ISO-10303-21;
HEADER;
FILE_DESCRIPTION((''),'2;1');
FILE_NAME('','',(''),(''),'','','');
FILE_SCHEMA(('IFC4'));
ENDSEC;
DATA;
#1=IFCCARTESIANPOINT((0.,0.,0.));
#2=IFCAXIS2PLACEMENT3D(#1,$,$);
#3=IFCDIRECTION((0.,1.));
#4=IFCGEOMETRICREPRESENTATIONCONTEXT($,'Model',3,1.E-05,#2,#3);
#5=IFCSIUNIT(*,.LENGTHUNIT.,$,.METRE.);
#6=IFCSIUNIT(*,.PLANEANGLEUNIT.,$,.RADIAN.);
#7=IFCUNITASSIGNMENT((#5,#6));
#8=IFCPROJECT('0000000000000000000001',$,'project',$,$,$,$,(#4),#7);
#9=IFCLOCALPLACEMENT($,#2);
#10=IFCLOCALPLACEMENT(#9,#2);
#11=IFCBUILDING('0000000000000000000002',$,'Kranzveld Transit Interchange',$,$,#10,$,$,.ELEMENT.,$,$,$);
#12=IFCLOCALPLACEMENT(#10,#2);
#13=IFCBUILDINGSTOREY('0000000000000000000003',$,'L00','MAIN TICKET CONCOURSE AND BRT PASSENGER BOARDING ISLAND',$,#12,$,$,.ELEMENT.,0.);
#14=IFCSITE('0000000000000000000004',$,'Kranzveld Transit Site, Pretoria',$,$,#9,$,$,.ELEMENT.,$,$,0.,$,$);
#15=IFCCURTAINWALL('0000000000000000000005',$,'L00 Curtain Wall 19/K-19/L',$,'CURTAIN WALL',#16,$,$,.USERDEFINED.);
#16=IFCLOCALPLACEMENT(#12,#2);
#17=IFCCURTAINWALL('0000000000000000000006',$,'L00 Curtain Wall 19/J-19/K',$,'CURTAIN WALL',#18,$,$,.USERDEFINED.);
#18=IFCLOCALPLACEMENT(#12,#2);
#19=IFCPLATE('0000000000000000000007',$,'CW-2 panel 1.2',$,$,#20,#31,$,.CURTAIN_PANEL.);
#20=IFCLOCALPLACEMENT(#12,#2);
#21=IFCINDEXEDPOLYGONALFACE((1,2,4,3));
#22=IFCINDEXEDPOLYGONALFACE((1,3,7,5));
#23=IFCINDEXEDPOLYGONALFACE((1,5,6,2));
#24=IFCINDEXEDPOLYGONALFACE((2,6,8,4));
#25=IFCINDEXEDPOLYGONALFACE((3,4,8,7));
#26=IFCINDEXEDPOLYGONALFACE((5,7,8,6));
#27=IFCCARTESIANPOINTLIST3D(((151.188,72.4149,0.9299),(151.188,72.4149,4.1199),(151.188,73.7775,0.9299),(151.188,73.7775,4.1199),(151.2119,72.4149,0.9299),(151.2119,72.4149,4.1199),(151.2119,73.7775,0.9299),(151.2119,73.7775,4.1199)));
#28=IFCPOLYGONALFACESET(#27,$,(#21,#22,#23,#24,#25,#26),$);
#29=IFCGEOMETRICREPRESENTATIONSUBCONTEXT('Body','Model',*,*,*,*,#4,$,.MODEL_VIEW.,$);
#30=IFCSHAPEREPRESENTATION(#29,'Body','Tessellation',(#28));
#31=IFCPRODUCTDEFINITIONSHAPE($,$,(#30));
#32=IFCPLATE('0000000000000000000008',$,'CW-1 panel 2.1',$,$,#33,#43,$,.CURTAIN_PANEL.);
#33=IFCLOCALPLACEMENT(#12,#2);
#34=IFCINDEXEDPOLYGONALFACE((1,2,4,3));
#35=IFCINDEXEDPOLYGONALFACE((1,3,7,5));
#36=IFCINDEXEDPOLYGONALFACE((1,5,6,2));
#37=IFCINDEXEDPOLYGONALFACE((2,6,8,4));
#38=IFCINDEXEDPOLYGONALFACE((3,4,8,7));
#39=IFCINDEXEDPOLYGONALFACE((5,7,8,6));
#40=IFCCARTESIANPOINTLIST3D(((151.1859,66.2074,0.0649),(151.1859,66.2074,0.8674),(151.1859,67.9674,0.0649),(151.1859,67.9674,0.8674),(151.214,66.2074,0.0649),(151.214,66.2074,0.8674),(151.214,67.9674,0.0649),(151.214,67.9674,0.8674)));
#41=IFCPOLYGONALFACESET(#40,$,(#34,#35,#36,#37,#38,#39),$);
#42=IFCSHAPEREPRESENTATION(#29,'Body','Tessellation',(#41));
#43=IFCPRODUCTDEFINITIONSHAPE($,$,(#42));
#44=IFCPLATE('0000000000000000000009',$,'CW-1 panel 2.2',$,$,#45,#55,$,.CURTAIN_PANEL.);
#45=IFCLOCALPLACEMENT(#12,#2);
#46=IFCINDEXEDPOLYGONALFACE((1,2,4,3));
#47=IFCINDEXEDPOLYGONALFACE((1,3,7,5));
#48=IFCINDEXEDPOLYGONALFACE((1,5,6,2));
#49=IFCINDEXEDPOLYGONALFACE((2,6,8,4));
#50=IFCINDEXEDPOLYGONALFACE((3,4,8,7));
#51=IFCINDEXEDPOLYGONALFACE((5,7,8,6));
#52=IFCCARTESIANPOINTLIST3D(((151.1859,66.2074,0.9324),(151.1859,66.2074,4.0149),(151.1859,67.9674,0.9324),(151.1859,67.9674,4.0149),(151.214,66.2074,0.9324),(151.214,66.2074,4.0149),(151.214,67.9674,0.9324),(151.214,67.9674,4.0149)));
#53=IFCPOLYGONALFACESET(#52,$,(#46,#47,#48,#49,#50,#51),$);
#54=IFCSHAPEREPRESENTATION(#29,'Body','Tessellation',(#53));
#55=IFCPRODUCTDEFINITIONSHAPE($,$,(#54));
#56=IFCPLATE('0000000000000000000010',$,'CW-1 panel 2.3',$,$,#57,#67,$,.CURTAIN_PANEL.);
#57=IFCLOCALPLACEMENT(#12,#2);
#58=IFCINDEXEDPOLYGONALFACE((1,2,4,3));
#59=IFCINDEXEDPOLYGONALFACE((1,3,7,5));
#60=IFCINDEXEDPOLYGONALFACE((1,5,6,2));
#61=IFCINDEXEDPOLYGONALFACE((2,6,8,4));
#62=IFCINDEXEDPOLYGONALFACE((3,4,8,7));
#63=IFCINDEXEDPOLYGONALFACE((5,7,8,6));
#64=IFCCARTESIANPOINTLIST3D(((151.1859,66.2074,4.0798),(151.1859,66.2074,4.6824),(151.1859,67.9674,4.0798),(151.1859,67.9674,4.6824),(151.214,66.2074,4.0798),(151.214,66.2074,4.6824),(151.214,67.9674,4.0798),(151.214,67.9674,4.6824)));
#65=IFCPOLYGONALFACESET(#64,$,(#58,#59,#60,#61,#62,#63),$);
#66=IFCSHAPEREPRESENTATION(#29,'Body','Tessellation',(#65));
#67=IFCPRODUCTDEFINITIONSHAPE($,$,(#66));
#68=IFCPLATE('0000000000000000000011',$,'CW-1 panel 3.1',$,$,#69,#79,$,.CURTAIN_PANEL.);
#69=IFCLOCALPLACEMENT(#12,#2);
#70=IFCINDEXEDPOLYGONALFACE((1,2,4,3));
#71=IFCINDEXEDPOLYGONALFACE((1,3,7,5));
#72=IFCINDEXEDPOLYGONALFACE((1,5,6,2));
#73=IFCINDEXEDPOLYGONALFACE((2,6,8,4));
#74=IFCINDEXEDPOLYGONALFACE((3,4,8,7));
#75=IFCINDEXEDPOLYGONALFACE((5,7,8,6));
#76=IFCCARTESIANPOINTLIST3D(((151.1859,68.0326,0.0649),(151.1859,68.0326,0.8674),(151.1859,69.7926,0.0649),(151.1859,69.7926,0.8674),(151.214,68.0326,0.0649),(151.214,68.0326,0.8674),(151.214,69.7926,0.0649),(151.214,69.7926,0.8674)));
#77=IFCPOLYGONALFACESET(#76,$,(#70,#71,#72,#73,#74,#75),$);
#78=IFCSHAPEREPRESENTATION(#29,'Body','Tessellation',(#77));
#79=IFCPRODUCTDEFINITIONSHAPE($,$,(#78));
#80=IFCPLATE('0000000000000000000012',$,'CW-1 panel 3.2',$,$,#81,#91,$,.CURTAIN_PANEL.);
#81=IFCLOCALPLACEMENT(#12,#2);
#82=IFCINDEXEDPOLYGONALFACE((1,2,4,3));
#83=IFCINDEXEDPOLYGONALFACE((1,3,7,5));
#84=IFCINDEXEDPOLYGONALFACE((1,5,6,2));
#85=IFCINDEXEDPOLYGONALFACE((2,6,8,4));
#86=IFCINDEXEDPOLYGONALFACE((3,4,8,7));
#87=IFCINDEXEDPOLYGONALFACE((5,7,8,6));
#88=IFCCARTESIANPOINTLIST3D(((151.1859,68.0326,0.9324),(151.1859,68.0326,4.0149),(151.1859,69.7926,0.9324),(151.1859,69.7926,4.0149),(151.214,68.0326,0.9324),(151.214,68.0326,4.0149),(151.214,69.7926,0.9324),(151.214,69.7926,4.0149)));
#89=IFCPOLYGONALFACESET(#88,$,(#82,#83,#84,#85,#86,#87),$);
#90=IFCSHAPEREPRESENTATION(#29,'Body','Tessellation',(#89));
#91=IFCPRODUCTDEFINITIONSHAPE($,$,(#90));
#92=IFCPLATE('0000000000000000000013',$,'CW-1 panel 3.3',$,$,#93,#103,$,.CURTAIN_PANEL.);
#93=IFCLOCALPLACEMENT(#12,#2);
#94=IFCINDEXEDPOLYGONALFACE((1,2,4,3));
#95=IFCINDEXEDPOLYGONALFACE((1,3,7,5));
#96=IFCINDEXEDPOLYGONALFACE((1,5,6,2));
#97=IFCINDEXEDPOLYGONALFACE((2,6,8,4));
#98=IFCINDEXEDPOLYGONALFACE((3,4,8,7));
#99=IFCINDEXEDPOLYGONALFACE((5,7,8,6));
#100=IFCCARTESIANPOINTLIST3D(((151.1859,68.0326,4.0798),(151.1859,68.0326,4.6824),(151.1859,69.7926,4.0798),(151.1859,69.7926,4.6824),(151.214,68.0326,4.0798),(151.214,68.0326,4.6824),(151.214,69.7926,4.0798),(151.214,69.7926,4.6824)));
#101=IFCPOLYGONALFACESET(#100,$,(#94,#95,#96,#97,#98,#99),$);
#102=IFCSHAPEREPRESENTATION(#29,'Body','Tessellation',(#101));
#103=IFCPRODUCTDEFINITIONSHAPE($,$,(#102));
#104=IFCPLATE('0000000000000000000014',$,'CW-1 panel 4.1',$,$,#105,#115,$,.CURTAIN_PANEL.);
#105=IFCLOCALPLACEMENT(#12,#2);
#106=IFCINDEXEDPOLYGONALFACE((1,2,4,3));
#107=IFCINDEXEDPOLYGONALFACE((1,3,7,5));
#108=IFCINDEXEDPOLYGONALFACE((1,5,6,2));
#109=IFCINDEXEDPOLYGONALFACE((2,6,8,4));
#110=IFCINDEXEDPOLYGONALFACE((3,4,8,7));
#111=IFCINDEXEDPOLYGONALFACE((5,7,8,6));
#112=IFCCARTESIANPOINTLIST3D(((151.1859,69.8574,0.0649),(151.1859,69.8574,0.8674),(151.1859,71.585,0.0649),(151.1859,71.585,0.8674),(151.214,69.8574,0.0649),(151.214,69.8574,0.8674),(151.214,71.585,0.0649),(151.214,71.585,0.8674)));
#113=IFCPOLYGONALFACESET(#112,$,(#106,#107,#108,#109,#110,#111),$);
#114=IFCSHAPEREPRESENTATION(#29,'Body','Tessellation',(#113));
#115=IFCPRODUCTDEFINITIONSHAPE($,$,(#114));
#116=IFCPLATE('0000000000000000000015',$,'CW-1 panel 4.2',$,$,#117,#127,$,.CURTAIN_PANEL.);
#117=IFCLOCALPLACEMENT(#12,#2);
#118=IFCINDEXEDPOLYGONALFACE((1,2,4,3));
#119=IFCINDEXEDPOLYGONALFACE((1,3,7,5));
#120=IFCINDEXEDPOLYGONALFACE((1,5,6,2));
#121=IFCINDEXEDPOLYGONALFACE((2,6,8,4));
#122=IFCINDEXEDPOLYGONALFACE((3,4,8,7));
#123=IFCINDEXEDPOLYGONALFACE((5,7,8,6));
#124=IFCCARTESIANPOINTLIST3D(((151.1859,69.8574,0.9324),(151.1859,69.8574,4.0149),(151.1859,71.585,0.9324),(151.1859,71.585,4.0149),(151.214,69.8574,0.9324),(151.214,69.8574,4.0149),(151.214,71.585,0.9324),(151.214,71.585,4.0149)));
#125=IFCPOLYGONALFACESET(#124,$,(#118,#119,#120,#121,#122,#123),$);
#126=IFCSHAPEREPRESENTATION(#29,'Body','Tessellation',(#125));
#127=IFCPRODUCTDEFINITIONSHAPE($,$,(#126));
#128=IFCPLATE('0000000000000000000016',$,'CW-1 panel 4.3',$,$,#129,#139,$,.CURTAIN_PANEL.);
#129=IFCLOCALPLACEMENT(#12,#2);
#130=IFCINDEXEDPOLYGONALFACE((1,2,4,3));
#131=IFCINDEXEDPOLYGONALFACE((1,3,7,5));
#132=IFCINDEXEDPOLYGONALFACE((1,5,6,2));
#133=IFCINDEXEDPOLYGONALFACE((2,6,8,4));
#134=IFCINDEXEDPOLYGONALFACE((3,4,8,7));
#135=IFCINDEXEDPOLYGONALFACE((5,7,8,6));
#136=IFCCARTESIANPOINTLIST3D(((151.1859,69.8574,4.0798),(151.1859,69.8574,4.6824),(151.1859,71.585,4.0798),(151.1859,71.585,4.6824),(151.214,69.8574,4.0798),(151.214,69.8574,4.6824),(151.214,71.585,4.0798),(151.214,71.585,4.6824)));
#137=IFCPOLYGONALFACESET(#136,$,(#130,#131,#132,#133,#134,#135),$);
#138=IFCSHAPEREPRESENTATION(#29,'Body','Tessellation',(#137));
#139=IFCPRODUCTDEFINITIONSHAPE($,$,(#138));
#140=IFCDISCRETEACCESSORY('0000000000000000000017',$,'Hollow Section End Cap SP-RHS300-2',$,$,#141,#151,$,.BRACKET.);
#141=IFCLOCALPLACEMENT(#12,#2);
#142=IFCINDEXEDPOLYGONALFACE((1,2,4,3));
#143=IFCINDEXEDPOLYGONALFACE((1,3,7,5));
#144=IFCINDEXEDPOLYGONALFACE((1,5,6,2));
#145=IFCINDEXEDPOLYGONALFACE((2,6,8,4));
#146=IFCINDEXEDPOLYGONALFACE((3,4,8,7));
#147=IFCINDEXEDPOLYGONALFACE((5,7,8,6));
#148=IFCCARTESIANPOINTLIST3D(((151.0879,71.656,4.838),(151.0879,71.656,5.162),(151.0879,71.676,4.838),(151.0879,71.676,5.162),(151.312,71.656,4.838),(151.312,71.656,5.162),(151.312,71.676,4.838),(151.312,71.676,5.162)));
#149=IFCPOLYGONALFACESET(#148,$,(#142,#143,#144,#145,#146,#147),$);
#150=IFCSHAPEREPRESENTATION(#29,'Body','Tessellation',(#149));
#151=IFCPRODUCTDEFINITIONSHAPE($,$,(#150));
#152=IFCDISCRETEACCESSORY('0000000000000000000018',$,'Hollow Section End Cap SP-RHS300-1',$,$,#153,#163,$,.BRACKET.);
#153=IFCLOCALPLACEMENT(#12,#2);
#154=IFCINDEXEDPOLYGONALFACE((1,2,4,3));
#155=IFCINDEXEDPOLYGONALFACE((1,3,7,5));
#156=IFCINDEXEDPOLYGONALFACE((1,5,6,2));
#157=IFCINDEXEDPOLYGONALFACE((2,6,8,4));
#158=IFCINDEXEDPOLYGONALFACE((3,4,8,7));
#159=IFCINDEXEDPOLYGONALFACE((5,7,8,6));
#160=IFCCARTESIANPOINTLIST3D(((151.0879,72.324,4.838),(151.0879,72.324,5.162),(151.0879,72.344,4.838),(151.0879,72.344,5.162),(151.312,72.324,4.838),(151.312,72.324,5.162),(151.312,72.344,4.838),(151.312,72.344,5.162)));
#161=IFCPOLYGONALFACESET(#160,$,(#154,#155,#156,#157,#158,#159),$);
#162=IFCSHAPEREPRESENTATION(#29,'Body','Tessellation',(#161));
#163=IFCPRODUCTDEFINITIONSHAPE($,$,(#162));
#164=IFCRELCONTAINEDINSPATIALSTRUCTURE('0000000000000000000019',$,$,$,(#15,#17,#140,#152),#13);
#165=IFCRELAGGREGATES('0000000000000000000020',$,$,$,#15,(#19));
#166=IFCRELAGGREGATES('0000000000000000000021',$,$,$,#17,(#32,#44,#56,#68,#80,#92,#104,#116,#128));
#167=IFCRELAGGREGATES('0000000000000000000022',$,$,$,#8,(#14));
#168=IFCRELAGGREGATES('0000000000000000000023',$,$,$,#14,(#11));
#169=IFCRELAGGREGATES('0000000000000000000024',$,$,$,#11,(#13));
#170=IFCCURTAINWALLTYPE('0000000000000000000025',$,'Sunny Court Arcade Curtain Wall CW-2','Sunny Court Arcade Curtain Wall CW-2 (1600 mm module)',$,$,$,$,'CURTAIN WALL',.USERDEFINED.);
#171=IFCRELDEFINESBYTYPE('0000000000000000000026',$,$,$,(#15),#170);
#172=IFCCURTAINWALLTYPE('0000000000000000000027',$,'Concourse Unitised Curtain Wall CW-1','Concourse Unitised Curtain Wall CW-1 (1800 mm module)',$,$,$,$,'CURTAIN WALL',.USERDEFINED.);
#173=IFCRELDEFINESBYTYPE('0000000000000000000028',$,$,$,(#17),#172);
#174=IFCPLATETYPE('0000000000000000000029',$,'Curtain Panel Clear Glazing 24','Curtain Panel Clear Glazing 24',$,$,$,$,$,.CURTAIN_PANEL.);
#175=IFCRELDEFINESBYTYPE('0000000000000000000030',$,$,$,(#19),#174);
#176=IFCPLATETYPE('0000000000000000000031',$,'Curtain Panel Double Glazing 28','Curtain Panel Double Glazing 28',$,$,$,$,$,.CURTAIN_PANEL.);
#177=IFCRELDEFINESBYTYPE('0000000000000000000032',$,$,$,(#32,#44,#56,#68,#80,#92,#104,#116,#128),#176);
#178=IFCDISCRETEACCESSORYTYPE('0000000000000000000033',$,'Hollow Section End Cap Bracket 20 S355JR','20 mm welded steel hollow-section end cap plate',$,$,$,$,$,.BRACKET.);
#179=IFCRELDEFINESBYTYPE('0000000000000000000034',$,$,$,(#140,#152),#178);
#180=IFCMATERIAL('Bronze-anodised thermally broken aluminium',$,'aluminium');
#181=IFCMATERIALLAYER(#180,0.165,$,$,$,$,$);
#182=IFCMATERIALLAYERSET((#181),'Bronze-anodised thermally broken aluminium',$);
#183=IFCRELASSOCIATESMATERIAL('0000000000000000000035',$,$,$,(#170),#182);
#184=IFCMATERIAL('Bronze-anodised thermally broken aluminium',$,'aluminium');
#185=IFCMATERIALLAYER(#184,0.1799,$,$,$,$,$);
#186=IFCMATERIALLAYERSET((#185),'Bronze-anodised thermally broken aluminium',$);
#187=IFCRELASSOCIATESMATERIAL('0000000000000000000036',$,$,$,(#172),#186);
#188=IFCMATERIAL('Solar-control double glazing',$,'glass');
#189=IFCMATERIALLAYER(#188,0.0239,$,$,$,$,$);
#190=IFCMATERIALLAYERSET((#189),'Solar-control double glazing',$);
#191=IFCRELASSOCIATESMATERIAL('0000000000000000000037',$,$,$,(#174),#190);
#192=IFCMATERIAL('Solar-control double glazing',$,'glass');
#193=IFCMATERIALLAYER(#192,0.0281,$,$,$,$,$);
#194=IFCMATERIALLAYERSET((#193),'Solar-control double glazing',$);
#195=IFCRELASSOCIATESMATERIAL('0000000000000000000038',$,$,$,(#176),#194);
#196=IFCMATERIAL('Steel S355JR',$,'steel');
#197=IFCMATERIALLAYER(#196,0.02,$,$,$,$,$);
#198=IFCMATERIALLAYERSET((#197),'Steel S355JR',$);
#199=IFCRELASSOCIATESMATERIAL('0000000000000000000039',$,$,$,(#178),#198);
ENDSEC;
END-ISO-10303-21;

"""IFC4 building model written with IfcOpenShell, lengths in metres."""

from ifc_helpers import new_model, si_unit, direction, frame, origin, origin_2d, place, context, subcontext, project, spatial, rectangle, extrude, material, layer, layer_set, type_object, element, aggregate, save


model = new_model("IFC4")

# Units and contexts
model_context = context("Model", 3, precision=1e-05, world=origin(), true_north=direction((0.0, 1.0)))
body_context = subcontext(model_context, "Body", "Model", "MODEL_VIEW")
ifc_project = project(units=[si_unit("LENGTHUNIT", "METRE"), si_unit("PLANEANGLEUNIT", "RADIAN")], contexts=[model_context])

# Site, building, storey
site_placement = place(None, origin())
site = spatial("IfcSite", under=ifc_project, at=site_placement, Name="Kranzveld Transit Site, Pretoria", CompositionType="ELEMENT", RefElevation=0.0)
building_placement = place(site_placement, origin())
building = spatial("IfcBuilding", under=site, at=building_placement, Name="Kranzveld Transit Interchange", CompositionType="ELEMENT")
storey_placement = place(building_placement, origin())
storey = spatial("IfcBuildingStorey", under=building, at=storey_placement, Name="L00", Description="MAIN TICKET CONCOURSE AND BRT PASSENGER BOARDING ISLAND", CompositionType="ELEMENT", Elevation=0.0)

# Curtain wall
ifc_material_1 = material(Name="Bronze-anodised thermally broken aluminium", Category="aluminium")
ifc_layer_1 = layer(ifc_material_1, 0.165)
ifc_layer_set_1 = layer_set([ifc_layer_1], Name="Bronze-anodised thermally broken aluminium")
curtain_wall_type_1 = type_object("IfcCurtainWallType", Name="Sunny Court Arcade Curtain Wall CW-2", Description="Sunny Court Arcade Curtain Wall CW-2 (1600 mm module)", ElementType="CURTAIN WALL", PredefinedType="USERDEFINED", material=ifc_layer_set_1)
curtain_wall_1_placement = place(storey_placement, origin())
curtain_wall_1 = element("IfcCurtainWall", 1, at=curtain_wall_1_placement, inside=storey, type_object=curtain_wall_type_1, Name="L00 Curtain Wall 19/K-19/L", ObjectType="CURTAIN WALL", PredefinedType="USERDEFINED")

# Curtain wall
ifc_material_2 = material(Name="Bronze-anodised thermally broken aluminium", Category="aluminium")
ifc_layer_2 = layer(ifc_material_2, 0.1799)
ifc_layer_set_2 = layer_set([ifc_layer_2], Name="Bronze-anodised thermally broken aluminium")
curtain_wall_type_2 = type_object("IfcCurtainWallType", Name="Concourse Unitised Curtain Wall CW-1", Description="Concourse Unitised Curtain Wall CW-1 (1800 mm module)", ElementType="CURTAIN WALL", PredefinedType="USERDEFINED", material=ifc_layer_set_2)
curtain_wall_2_placement = place(storey_placement, origin())
curtain_wall_2 = element("IfcCurtainWall", 2, at=curtain_wall_2_placement, inside=storey, type_object=curtain_wall_type_2, Name="L00 Curtain Wall 19/J-19/K", ObjectType="CURTAIN WALL", PredefinedType="USERDEFINED")

# Plates
ifc_material_3 = material(Name="Solar-control double glazing", Category="glass")
ifc_layer_3 = layer(ifc_material_3, 0.0239)
ifc_layer_set_3 = layer_set([ifc_layer_3], Name="Solar-control double glazing")
plate_type_1 = type_object("IfcPlateType", Name="Curtain Panel Clear Glazing 24", Description="Curtain Panel Clear Glazing 24", PredefinedType="CURTAIN_PANEL", material=ifc_layer_set_3)
plate_1_placement = place(storey_placement, frame((151.2, 73.0962, 0.9299), z_axis=(0.0, 0.0, 1.0), x_axis=(0.0, 1.0, 0.0)))
plate_1 = element("IfcPlate", 3, at=plate_1_placement, type_object=plate_type_1, Name="CW-2 panel 1.2", PredefinedType="CURTAIN_PANEL", context=body_context, shape_type="SweptSolid", body=[
    extrude(rectangle(XDim=1.3625, YDim=0.0239, at=origin_2d()), origin(), (0.0, 0.0, 1.0), 3.1899),
])
aggregate(curtain_wall_1, [plate_1])
ifc_material_4 = material(Name="Solar-control double glazing", Category="glass")
ifc_layer_4 = layer(ifc_material_4, 0.0281)
ifc_layer_set_4 = layer_set([ifc_layer_4], Name="Solar-control double glazing")
plate_type_2 = type_object("IfcPlateType", Name="Curtain Panel Double Glazing 28", Description="Curtain Panel Double Glazing 28", PredefinedType="CURTAIN_PANEL", material=ifc_layer_set_4)
plate_2_placement = place(storey_placement, frame((151.2, 67.0874, 0.0649), z_axis=(0.0, 0.0, 1.0), x_axis=(0.0, 1.0, 0.0)))
plate_2 = element("IfcPlate", 4, at=plate_2_placement, type_object=plate_type_2, Name="CW-1 panel 2.1", PredefinedType="CURTAIN_PANEL", context=body_context, shape_type="SweptSolid", body=[
    extrude(rectangle(XDim=1.76, YDim=0.0281, at=origin_2d()), origin(), (0.0, 0.0, 1.0), 0.8025),
])
plate_3_placement = place(storey_placement, frame((151.2, 67.0874, 0.9324), z_axis=(0.0, 0.0, 1.0), x_axis=(0.0, 1.0, 0.0)))
plate_3 = element("IfcPlate", 5, at=plate_3_placement, type_object=plate_type_2, Name="CW-1 panel 2.2", PredefinedType="CURTAIN_PANEL", context=body_context, shape_type="SweptSolid", body=[
    extrude(rectangle(XDim=1.76, YDim=0.0281, at=origin_2d()), origin(), (0.0, 0.0, 1.0), 3.0825),
])
plate_4_placement = place(storey_placement, frame((151.2, 67.0874, 4.0798), z_axis=(0.0, 0.0, 1.0), x_axis=(0.0, 1.0, 0.0)))
plate_4 = element("IfcPlate", 6, at=plate_4_placement, type_object=plate_type_2, Name="CW-1 panel 2.3", PredefinedType="CURTAIN_PANEL", context=body_context, shape_type="SweptSolid", body=[
    extrude(rectangle(XDim=1.76, YDim=0.0281, at=origin_2d()), origin(), (0.0, 0.0, 1.0), 0.6025),
])
plate_5_placement = place(storey_placement, frame((151.2, 68.9126, 0.0649), z_axis=(0.0, 0.0, 1.0), x_axis=(0.0, 1.0, 0.0)))
plate_5 = element("IfcPlate", 7, at=plate_5_placement, type_object=plate_type_2, Name="CW-1 panel 3.1", PredefinedType="CURTAIN_PANEL", context=body_context, shape_type="SweptSolid", body=[
    extrude(rectangle(XDim=1.76, YDim=0.0281, at=origin_2d()), origin(), (0.0, 0.0, 1.0), 0.8025),
])
plate_6_placement = place(storey_placement, frame((151.2, 68.9126, 0.9324), z_axis=(0.0, 0.0, 1.0), x_axis=(0.0, 1.0, 0.0)))
plate_6 = element("IfcPlate", 8, at=plate_6_placement, type_object=plate_type_2, Name="CW-1 panel 3.2", PredefinedType="CURTAIN_PANEL", context=body_context, shape_type="SweptSolid", body=[
    extrude(rectangle(XDim=1.76, YDim=0.0281, at=origin_2d()), origin(), (0.0, 0.0, 1.0), 3.0825),
])
plate_7_placement = place(storey_placement, frame((151.2, 68.9126, 4.0798), z_axis=(0.0, 0.0, 1.0), x_axis=(0.0, 1.0, 0.0)))
plate_7 = element("IfcPlate", 9, at=plate_7_placement, type_object=plate_type_2, Name="CW-1 panel 3.3", PredefinedType="CURTAIN_PANEL", context=body_context, shape_type="SweptSolid", body=[
    extrude(rectangle(XDim=1.76, YDim=0.0281, at=origin_2d()), origin(), (0.0, 0.0, 1.0), 0.6025),
])
plate_8_placement = place(storey_placement, frame((151.2, 70.7212, 0.0649), z_axis=(0.0, 0.0, 1.0), x_axis=(0.0, 1.0, 0.0)))
plate_8 = element("IfcPlate", 10, at=plate_8_placement, type_object=plate_type_2, Name="CW-1 panel 4.1", PredefinedType="CURTAIN_PANEL", context=body_context, shape_type="SweptSolid", body=[
    extrude(rectangle(XDim=1.7275, YDim=0.0281, at=origin_2d()), origin(), (0.0, 0.0, 1.0), 0.8025),
])
plate_9_placement = place(storey_placement, frame((151.2, 70.7212, 0.9324), z_axis=(0.0, 0.0, 1.0), x_axis=(0.0, 1.0, 0.0)))
plate_9 = element("IfcPlate", 11, at=plate_9_placement, type_object=plate_type_2, Name="CW-1 panel 4.2", PredefinedType="CURTAIN_PANEL", context=body_context, shape_type="SweptSolid", body=[
    extrude(rectangle(XDim=1.7275, YDim=0.0281, at=origin_2d()), origin(), (0.0, 0.0, 1.0), 3.0825),
])
plate_10_placement = place(storey_placement, frame((151.2, 70.7212, 4.0798), z_axis=(0.0, 0.0, 1.0), x_axis=(0.0, 1.0, 0.0)))
plate_10 = element("IfcPlate", 12, at=plate_10_placement, type_object=plate_type_2, Name="CW-1 panel 4.3", PredefinedType="CURTAIN_PANEL", context=body_context, shape_type="SweptSolid", body=[
    extrude(rectangle(XDim=1.7275, YDim=0.0281, at=origin_2d()), origin(), (0.0, 0.0, 1.0), 0.6025),
])
aggregate(curtain_wall_2, [plate_2, plate_3, plate_4, plate_5, plate_6, plate_7, plate_8, plate_9, plate_10])

# Discrete accessories
ifc_material_5 = material(Name="Steel S355JR", Category="steel")
ifc_layer_5 = layer(ifc_material_5, 0.02)
ifc_layer_set_5 = layer_set([ifc_layer_5], Name="Steel S355JR")
discrete_accessory_type = type_object("IfcDiscreteAccessoryType", Name="Hollow Section End Cap Bracket 20 S355JR", Description="20 mm welded steel hollow-section end cap plate", PredefinedType="BRACKET", material=ifc_layer_set_5)
for number, where, z_axis, x_axis, name in (
    (13, (151.2, 71.656, 5.0), (0.0, 1.0, 0.0), (-1.0, 0.0, 0.0), "Hollow Section End Cap SP-RHS300-2"),
    (14, (151.2, 72.344, 5.0), (0.0, -1.0, 0.0), (1.0, 0.0, 0.0), "Hollow Section End Cap SP-RHS300-1"),
):
    element("IfcDiscreteAccessory", number, at=place(storey_placement, frame(where, z_axis=z_axis, x_axis=x_axis)), inside=storey, type_object=discrete_accessory_type, Name=name, PredefinedType="BRACKET", context=body_context, shape_type="SweptSolid", body=[
        extrude(rectangle(XDim=0.2241, YDim=0.324, at=origin_2d()), origin(), (0.0, 0.0, 1.0), 0.02),
    ])

save(model, "model.ifc")
